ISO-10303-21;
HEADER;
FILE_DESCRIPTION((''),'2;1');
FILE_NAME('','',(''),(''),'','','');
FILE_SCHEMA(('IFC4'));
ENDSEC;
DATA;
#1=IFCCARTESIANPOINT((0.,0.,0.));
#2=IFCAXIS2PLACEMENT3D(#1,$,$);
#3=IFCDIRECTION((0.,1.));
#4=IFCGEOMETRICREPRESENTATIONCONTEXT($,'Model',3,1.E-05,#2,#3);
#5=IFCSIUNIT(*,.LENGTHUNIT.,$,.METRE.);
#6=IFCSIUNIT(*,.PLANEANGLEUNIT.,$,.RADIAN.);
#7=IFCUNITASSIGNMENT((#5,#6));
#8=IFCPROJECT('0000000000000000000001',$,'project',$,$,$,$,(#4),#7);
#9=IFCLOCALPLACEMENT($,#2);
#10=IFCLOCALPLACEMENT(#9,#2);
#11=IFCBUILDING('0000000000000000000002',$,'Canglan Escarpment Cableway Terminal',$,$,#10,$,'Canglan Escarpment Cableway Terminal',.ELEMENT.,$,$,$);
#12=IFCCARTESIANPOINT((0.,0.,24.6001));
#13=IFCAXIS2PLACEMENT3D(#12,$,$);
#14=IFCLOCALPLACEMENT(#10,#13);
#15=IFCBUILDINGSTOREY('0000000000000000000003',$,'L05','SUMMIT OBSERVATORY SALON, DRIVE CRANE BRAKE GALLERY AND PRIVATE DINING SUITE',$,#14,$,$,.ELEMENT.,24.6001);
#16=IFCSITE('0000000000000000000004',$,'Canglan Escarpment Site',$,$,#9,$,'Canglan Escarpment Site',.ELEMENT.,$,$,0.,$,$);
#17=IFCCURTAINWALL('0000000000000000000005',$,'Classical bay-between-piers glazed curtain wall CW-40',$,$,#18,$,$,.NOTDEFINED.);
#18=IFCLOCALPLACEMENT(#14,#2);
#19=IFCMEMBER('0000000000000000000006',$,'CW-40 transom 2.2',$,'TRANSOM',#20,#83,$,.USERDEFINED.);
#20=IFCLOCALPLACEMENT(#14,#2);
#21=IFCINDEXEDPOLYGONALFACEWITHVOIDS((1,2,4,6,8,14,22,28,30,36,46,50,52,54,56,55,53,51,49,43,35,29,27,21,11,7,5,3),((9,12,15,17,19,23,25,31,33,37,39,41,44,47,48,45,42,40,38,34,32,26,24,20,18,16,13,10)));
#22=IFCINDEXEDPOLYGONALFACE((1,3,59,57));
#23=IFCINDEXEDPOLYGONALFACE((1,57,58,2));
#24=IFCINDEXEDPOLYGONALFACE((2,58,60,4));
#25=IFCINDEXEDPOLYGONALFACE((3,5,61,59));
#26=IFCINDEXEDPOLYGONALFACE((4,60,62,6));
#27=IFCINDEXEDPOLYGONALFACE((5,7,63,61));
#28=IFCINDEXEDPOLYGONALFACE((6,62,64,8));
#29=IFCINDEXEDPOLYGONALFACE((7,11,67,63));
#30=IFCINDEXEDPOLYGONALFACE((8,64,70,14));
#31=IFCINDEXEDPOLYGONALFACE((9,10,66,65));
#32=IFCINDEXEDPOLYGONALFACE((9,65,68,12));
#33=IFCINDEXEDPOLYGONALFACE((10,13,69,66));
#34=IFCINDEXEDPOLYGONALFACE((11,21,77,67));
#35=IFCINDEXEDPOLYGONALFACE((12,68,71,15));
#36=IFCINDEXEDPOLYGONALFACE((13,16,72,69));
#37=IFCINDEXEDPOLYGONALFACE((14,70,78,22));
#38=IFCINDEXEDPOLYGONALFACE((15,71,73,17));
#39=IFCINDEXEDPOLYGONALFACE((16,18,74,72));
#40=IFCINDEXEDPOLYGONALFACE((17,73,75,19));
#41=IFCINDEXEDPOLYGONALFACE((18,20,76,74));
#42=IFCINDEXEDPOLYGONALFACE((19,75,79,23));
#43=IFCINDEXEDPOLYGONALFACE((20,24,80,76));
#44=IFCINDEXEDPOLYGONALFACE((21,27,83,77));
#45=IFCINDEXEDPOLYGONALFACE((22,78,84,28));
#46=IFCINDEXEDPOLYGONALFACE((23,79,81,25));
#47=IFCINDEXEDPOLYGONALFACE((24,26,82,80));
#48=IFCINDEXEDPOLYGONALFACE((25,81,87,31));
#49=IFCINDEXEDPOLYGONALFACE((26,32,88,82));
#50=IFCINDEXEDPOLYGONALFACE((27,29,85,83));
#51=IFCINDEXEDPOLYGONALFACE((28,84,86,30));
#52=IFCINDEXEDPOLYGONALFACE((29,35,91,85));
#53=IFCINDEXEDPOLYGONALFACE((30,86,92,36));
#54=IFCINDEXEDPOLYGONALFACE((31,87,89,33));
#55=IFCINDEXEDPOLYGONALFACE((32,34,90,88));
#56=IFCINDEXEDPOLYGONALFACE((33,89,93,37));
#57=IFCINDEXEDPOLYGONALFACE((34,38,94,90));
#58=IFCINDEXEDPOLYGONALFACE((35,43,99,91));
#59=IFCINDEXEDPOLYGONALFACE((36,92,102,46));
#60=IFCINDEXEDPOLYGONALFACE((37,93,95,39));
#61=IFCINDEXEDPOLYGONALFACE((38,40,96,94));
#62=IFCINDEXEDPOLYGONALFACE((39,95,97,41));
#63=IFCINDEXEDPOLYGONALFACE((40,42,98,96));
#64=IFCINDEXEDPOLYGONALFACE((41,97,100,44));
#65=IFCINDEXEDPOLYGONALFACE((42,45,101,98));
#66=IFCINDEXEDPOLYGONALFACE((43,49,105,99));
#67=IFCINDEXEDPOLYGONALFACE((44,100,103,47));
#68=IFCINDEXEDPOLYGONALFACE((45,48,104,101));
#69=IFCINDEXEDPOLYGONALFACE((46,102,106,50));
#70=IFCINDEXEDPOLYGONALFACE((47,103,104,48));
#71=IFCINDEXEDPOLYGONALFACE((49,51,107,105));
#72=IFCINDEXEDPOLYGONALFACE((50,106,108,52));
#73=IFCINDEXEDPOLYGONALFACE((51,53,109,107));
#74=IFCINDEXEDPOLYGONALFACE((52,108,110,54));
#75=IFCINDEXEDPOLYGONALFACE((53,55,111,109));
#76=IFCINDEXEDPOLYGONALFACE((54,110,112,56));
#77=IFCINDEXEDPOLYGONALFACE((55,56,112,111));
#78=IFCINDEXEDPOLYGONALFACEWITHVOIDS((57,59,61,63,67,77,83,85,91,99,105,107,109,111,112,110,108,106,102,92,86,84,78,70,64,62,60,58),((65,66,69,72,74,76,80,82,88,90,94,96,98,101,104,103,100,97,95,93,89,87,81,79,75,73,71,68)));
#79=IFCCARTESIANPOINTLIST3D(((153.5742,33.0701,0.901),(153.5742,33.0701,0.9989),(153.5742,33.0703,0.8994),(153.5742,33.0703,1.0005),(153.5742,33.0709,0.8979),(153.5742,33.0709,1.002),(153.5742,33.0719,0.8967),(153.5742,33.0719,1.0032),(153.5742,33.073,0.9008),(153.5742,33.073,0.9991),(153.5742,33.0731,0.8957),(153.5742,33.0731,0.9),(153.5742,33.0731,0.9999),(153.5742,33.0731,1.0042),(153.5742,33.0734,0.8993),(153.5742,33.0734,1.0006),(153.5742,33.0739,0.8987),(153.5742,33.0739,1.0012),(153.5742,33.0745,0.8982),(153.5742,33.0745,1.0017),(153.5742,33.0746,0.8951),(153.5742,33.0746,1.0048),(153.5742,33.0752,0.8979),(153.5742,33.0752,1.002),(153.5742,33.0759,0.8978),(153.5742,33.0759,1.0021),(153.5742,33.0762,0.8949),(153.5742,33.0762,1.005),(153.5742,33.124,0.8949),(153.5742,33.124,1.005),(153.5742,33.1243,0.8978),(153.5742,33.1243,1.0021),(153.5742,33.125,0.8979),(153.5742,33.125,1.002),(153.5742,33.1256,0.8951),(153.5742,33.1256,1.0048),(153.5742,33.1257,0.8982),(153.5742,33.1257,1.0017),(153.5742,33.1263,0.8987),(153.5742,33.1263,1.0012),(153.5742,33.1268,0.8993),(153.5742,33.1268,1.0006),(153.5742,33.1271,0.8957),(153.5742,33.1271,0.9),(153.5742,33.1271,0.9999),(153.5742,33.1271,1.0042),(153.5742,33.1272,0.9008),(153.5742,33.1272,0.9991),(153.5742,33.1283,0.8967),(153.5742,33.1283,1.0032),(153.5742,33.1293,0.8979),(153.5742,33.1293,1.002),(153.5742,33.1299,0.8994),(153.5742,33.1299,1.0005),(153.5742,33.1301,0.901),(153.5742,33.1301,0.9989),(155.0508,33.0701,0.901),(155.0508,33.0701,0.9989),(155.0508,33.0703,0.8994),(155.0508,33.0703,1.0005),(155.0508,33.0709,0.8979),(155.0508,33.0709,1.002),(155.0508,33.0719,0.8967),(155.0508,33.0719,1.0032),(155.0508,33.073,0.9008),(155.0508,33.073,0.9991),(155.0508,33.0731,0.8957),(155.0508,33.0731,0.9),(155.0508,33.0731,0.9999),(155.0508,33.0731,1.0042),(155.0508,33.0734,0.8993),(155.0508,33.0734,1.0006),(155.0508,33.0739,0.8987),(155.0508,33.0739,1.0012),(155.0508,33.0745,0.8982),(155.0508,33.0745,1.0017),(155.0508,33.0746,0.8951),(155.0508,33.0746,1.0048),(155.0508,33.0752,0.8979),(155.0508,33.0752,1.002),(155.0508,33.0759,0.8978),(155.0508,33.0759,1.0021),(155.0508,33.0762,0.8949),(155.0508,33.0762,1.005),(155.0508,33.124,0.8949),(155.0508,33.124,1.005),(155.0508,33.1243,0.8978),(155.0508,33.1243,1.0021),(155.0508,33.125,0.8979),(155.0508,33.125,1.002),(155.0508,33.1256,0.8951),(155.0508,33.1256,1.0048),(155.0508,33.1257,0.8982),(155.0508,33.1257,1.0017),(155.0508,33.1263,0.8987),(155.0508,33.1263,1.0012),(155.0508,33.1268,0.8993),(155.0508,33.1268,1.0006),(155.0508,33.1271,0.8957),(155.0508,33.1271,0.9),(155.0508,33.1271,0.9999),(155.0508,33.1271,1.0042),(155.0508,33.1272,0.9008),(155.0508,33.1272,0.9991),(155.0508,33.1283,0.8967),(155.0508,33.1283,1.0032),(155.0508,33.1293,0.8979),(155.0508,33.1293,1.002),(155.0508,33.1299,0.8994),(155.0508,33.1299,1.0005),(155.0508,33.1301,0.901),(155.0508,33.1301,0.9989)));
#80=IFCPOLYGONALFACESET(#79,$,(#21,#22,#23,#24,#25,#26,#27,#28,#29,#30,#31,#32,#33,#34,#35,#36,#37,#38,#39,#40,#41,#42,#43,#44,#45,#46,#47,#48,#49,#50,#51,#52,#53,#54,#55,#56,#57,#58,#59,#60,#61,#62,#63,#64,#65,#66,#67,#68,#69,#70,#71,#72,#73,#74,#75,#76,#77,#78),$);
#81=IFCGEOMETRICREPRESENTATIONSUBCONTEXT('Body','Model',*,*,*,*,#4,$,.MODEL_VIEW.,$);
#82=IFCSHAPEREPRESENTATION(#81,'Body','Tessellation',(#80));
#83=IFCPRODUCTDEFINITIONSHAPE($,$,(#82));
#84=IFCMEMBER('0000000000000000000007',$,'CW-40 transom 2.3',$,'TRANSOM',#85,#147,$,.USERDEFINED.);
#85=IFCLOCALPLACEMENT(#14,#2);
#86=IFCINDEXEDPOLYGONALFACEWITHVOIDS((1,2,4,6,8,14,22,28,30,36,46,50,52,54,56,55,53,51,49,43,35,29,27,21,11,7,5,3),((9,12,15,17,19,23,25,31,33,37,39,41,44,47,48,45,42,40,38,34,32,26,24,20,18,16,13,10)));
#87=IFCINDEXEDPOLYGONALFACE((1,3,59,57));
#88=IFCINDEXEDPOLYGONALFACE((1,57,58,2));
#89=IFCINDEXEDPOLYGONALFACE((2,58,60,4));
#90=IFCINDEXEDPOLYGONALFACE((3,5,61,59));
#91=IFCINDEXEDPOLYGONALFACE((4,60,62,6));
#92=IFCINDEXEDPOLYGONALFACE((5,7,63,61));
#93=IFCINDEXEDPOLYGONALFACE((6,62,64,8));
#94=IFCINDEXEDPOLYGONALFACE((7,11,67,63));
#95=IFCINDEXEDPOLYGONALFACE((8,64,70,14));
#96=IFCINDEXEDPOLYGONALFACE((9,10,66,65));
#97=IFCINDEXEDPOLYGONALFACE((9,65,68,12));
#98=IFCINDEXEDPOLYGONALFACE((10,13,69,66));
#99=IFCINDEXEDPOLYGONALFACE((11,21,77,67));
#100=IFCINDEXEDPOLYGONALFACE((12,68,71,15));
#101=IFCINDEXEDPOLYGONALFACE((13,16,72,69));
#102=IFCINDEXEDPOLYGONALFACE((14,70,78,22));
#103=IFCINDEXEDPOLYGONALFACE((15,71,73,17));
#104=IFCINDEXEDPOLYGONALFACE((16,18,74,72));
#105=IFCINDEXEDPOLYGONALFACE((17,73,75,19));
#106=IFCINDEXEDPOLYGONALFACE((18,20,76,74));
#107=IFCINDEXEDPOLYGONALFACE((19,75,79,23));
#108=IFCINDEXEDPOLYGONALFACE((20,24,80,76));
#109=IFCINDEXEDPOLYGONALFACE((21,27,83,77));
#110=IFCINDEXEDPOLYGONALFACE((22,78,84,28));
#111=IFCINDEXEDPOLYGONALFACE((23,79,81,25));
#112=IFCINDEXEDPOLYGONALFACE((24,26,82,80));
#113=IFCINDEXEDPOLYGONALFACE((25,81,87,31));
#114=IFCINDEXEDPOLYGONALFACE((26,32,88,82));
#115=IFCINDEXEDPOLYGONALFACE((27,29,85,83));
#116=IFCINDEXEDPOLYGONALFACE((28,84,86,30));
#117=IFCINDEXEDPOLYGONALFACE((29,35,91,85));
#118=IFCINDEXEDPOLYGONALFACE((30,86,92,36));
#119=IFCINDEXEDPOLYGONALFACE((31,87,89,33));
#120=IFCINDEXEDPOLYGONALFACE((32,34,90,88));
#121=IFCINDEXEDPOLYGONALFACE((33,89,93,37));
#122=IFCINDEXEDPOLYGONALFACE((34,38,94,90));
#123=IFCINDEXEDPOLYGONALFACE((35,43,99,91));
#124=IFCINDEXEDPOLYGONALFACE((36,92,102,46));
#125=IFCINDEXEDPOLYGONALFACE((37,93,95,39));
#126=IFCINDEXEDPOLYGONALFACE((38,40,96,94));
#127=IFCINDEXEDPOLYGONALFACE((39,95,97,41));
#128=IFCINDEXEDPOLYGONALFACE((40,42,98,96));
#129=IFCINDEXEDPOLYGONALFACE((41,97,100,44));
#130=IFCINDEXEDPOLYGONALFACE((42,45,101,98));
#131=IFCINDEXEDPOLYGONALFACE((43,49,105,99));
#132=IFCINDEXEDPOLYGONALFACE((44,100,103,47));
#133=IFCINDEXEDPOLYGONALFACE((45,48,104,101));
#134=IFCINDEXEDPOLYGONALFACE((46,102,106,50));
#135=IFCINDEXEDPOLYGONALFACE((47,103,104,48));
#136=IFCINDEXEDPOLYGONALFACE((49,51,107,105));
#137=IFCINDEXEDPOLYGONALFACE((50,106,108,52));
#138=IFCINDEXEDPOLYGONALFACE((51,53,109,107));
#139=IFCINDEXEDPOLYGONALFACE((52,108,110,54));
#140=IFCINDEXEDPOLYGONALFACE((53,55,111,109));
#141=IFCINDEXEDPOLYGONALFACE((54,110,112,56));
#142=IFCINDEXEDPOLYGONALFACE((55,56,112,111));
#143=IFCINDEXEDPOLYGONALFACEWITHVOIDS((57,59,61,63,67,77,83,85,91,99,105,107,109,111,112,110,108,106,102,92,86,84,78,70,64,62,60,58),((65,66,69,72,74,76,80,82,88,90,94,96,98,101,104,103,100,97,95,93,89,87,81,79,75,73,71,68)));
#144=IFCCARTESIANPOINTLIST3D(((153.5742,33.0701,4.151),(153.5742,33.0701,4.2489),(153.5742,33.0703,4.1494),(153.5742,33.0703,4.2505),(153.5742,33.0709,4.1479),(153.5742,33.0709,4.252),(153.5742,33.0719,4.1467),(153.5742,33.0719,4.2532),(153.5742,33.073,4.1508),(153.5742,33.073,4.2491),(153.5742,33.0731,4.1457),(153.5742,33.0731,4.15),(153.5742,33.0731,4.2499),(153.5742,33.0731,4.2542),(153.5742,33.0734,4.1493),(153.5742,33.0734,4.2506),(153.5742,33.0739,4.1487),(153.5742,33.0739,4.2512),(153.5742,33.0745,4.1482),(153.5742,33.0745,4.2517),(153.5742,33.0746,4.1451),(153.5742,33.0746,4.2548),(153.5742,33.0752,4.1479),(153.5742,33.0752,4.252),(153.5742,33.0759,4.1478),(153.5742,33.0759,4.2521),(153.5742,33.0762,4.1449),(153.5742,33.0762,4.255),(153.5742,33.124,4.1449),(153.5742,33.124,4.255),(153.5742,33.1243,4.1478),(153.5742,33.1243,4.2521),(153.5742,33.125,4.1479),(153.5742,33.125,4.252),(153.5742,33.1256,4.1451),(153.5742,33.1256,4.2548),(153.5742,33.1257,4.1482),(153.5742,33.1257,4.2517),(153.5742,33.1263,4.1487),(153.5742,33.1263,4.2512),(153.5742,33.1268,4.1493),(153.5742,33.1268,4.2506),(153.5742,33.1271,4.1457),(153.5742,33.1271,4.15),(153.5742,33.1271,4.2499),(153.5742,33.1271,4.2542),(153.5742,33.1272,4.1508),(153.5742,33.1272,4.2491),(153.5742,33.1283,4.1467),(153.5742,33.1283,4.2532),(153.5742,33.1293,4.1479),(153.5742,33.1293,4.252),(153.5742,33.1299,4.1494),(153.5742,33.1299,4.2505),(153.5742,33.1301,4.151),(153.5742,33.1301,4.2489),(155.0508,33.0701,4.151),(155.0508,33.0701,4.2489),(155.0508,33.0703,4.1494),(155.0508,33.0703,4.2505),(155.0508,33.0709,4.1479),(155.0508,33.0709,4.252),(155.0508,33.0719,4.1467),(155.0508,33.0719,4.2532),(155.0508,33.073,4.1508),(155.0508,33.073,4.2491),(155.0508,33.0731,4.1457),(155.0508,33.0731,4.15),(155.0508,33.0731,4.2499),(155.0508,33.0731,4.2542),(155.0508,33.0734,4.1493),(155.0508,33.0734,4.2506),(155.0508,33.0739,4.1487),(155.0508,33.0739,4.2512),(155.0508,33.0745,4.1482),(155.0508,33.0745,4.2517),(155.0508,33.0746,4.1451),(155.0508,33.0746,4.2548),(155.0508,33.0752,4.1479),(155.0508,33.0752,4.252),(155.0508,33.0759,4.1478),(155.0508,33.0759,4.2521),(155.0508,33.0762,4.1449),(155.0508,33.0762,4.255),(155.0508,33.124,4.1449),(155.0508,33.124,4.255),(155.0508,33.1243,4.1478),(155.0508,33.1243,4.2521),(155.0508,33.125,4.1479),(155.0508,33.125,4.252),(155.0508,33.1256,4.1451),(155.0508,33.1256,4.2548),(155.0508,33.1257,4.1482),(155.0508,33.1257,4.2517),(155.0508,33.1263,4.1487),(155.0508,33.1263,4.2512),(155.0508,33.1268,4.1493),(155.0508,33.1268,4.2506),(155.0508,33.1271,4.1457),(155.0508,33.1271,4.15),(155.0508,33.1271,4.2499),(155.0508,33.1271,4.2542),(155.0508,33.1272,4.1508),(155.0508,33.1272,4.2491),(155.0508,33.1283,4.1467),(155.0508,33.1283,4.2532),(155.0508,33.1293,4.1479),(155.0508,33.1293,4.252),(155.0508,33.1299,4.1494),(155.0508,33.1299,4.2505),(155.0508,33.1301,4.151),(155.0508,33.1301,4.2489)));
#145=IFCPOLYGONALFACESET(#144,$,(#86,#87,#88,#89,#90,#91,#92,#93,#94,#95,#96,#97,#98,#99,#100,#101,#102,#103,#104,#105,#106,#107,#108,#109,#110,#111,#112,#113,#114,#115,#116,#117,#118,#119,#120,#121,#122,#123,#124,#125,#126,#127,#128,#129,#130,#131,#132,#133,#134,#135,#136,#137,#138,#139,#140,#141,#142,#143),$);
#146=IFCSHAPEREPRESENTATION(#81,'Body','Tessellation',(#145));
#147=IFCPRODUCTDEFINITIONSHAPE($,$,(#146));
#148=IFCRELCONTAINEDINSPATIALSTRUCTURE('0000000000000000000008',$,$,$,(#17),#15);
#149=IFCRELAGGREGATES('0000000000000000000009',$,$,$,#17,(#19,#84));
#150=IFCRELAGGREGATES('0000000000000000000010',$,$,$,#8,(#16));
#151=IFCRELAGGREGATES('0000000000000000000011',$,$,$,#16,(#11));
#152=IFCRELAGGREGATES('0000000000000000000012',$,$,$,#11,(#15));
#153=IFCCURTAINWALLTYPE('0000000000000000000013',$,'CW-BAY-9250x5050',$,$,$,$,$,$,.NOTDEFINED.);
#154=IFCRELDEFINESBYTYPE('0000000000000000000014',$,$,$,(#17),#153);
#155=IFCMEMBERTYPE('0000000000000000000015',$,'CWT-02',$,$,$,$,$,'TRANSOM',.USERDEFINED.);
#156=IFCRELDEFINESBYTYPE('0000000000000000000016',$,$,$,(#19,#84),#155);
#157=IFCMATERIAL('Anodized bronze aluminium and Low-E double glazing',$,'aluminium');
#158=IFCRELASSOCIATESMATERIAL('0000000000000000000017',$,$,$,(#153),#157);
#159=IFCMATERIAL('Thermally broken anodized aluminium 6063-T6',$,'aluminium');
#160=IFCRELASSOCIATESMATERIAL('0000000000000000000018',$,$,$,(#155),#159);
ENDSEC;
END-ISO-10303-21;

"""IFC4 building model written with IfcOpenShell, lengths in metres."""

from ifc_helpers import new_model, si_unit, direction, frame, origin, origin_2d, place, context, subcontext, project, spatial, hollow_rectangle, extrude, material, material_profile, profile_set, type_object, element, aggregate, save


model = new_model("IFC4")

# Units and contexts
model_context = context("Model", 3, precision=1e-05, world=origin(), true_north=direction((0.0, 1.0)))
body_context = subcontext(model_context, "Body", "Model", "MODEL_VIEW")
ifc_project = project(units=[si_unit("LENGTHUNIT", "METRE"), si_unit("PLANEANGLEUNIT", "RADIAN")], contexts=[model_context])

# Site, building, storey
site_placement = place(None, origin())
site = spatial("IfcSite", under=ifc_project, at=site_placement, Name="Canglan Escarpment Site", LongName="Canglan Escarpment Site", CompositionType="ELEMENT", RefElevation=0.0)
building_placement = place(site_placement, origin())
building = spatial("IfcBuilding", under=site, at=building_placement, Name="Canglan Escarpment Cableway Terminal", LongName="Canglan Escarpment Cableway Terminal", CompositionType="ELEMENT")
storey_placement = place(building_placement, frame((0.0, 0.0, 24.6001)))
storey = spatial("IfcBuildingStorey", under=building, at=storey_placement, Name="L05", Description="SUMMIT OBSERVATORY SALON, DRIVE CRANE BRAKE GALLERY AND PRIVATE DINING SUITE", CompositionType="ELEMENT", Elevation=24.6001)

# Curtain wall, members
ifc_material_1 = material(Name="Anodized bronze aluminium and Low-E double glazing", Category="aluminium")
curtain_wall_type = type_object("IfcCurtainWallType", Name="CW-BAY-9250x5050", PredefinedType="NOTDEFINED", material=ifc_material_1)
curtain_wall_placement = place(storey_placement, origin())
curtain_wall = element("IfcCurtainWall", 1, at=curtain_wall_placement, inside=storey, type_object=curtain_wall_type, Name="Classical bay-between-piers glazed curtain wall CW-40", PredefinedType="NOTDEFINED")
ifc_material_2 = material(Name="Thermally broken anodized aluminium 6063-T6", Category="aluminium")
ifc_material_profile_1 = material_profile(ifc_material_2, hollow_rectangle(XDim=0.0601, YDim=0.1101, WallThickness=0.0029, InnerFilletRadius=0.0029, OuterFilletRadius=0.0061, at=origin_2d()), Name="ALU-TRAN 60x110x3")
ifc_profile_set_1 = profile_set([ifc_material_profile_1], Name="Thermally broken anodized aluminium 6063-T6")
member_type_1 = type_object("IfcMemberType", Name="CWT-02", ElementType="TRANSOM", PredefinedType="USERDEFINED", material=ifc_profile_set_1)
member_1_placement = place(storey_placement, frame((155.0508, 33.1001, 0.95), z_axis=(-1.0, 0.0, 0.0), x_axis=(0.0, -1.0, 0.0)))
member_1 = element("IfcMember", 2, at=member_1_placement, type_object=member_type_1, Name="CW-40 transom 2.2", ObjectType="TRANSOM", PredefinedType="USERDEFINED", context=body_context, shape_type="SweptSolid", body=[
    extrude(hollow_rectangle(XDim=0.0601, YDim=0.1101, WallThickness=0.0029, InnerFilletRadius=0.0029, OuterFilletRadius=0.0061, at=origin_2d()), origin(), (0.0, 0.0, 1.0), 1.4766),
])
member_2_placement = place(storey_placement, frame((155.0508, 33.1001, 4.2), z_axis=(-1.0, 0.0, 0.0), x_axis=(0.0, -1.0, 0.0)))
member_2 = element("IfcMember", 3, at=member_2_placement, type_object=member_type_1, Name="CW-40 transom 2.3", ObjectType="TRANSOM", PredefinedType="USERDEFINED", context=body_context, shape_type="SweptSolid", body=[
    extrude(hollow_rectangle(XDim=0.0601, YDim=0.1101, WallThickness=0.0029, InnerFilletRadius=0.0029, OuterFilletRadius=0.0061, at=origin_2d()), origin(), (0.0, 0.0, 1.0), 1.4766),
])

aggregate(curtain_wall, [member_1, member_2])

save(model, "model.ifc")
